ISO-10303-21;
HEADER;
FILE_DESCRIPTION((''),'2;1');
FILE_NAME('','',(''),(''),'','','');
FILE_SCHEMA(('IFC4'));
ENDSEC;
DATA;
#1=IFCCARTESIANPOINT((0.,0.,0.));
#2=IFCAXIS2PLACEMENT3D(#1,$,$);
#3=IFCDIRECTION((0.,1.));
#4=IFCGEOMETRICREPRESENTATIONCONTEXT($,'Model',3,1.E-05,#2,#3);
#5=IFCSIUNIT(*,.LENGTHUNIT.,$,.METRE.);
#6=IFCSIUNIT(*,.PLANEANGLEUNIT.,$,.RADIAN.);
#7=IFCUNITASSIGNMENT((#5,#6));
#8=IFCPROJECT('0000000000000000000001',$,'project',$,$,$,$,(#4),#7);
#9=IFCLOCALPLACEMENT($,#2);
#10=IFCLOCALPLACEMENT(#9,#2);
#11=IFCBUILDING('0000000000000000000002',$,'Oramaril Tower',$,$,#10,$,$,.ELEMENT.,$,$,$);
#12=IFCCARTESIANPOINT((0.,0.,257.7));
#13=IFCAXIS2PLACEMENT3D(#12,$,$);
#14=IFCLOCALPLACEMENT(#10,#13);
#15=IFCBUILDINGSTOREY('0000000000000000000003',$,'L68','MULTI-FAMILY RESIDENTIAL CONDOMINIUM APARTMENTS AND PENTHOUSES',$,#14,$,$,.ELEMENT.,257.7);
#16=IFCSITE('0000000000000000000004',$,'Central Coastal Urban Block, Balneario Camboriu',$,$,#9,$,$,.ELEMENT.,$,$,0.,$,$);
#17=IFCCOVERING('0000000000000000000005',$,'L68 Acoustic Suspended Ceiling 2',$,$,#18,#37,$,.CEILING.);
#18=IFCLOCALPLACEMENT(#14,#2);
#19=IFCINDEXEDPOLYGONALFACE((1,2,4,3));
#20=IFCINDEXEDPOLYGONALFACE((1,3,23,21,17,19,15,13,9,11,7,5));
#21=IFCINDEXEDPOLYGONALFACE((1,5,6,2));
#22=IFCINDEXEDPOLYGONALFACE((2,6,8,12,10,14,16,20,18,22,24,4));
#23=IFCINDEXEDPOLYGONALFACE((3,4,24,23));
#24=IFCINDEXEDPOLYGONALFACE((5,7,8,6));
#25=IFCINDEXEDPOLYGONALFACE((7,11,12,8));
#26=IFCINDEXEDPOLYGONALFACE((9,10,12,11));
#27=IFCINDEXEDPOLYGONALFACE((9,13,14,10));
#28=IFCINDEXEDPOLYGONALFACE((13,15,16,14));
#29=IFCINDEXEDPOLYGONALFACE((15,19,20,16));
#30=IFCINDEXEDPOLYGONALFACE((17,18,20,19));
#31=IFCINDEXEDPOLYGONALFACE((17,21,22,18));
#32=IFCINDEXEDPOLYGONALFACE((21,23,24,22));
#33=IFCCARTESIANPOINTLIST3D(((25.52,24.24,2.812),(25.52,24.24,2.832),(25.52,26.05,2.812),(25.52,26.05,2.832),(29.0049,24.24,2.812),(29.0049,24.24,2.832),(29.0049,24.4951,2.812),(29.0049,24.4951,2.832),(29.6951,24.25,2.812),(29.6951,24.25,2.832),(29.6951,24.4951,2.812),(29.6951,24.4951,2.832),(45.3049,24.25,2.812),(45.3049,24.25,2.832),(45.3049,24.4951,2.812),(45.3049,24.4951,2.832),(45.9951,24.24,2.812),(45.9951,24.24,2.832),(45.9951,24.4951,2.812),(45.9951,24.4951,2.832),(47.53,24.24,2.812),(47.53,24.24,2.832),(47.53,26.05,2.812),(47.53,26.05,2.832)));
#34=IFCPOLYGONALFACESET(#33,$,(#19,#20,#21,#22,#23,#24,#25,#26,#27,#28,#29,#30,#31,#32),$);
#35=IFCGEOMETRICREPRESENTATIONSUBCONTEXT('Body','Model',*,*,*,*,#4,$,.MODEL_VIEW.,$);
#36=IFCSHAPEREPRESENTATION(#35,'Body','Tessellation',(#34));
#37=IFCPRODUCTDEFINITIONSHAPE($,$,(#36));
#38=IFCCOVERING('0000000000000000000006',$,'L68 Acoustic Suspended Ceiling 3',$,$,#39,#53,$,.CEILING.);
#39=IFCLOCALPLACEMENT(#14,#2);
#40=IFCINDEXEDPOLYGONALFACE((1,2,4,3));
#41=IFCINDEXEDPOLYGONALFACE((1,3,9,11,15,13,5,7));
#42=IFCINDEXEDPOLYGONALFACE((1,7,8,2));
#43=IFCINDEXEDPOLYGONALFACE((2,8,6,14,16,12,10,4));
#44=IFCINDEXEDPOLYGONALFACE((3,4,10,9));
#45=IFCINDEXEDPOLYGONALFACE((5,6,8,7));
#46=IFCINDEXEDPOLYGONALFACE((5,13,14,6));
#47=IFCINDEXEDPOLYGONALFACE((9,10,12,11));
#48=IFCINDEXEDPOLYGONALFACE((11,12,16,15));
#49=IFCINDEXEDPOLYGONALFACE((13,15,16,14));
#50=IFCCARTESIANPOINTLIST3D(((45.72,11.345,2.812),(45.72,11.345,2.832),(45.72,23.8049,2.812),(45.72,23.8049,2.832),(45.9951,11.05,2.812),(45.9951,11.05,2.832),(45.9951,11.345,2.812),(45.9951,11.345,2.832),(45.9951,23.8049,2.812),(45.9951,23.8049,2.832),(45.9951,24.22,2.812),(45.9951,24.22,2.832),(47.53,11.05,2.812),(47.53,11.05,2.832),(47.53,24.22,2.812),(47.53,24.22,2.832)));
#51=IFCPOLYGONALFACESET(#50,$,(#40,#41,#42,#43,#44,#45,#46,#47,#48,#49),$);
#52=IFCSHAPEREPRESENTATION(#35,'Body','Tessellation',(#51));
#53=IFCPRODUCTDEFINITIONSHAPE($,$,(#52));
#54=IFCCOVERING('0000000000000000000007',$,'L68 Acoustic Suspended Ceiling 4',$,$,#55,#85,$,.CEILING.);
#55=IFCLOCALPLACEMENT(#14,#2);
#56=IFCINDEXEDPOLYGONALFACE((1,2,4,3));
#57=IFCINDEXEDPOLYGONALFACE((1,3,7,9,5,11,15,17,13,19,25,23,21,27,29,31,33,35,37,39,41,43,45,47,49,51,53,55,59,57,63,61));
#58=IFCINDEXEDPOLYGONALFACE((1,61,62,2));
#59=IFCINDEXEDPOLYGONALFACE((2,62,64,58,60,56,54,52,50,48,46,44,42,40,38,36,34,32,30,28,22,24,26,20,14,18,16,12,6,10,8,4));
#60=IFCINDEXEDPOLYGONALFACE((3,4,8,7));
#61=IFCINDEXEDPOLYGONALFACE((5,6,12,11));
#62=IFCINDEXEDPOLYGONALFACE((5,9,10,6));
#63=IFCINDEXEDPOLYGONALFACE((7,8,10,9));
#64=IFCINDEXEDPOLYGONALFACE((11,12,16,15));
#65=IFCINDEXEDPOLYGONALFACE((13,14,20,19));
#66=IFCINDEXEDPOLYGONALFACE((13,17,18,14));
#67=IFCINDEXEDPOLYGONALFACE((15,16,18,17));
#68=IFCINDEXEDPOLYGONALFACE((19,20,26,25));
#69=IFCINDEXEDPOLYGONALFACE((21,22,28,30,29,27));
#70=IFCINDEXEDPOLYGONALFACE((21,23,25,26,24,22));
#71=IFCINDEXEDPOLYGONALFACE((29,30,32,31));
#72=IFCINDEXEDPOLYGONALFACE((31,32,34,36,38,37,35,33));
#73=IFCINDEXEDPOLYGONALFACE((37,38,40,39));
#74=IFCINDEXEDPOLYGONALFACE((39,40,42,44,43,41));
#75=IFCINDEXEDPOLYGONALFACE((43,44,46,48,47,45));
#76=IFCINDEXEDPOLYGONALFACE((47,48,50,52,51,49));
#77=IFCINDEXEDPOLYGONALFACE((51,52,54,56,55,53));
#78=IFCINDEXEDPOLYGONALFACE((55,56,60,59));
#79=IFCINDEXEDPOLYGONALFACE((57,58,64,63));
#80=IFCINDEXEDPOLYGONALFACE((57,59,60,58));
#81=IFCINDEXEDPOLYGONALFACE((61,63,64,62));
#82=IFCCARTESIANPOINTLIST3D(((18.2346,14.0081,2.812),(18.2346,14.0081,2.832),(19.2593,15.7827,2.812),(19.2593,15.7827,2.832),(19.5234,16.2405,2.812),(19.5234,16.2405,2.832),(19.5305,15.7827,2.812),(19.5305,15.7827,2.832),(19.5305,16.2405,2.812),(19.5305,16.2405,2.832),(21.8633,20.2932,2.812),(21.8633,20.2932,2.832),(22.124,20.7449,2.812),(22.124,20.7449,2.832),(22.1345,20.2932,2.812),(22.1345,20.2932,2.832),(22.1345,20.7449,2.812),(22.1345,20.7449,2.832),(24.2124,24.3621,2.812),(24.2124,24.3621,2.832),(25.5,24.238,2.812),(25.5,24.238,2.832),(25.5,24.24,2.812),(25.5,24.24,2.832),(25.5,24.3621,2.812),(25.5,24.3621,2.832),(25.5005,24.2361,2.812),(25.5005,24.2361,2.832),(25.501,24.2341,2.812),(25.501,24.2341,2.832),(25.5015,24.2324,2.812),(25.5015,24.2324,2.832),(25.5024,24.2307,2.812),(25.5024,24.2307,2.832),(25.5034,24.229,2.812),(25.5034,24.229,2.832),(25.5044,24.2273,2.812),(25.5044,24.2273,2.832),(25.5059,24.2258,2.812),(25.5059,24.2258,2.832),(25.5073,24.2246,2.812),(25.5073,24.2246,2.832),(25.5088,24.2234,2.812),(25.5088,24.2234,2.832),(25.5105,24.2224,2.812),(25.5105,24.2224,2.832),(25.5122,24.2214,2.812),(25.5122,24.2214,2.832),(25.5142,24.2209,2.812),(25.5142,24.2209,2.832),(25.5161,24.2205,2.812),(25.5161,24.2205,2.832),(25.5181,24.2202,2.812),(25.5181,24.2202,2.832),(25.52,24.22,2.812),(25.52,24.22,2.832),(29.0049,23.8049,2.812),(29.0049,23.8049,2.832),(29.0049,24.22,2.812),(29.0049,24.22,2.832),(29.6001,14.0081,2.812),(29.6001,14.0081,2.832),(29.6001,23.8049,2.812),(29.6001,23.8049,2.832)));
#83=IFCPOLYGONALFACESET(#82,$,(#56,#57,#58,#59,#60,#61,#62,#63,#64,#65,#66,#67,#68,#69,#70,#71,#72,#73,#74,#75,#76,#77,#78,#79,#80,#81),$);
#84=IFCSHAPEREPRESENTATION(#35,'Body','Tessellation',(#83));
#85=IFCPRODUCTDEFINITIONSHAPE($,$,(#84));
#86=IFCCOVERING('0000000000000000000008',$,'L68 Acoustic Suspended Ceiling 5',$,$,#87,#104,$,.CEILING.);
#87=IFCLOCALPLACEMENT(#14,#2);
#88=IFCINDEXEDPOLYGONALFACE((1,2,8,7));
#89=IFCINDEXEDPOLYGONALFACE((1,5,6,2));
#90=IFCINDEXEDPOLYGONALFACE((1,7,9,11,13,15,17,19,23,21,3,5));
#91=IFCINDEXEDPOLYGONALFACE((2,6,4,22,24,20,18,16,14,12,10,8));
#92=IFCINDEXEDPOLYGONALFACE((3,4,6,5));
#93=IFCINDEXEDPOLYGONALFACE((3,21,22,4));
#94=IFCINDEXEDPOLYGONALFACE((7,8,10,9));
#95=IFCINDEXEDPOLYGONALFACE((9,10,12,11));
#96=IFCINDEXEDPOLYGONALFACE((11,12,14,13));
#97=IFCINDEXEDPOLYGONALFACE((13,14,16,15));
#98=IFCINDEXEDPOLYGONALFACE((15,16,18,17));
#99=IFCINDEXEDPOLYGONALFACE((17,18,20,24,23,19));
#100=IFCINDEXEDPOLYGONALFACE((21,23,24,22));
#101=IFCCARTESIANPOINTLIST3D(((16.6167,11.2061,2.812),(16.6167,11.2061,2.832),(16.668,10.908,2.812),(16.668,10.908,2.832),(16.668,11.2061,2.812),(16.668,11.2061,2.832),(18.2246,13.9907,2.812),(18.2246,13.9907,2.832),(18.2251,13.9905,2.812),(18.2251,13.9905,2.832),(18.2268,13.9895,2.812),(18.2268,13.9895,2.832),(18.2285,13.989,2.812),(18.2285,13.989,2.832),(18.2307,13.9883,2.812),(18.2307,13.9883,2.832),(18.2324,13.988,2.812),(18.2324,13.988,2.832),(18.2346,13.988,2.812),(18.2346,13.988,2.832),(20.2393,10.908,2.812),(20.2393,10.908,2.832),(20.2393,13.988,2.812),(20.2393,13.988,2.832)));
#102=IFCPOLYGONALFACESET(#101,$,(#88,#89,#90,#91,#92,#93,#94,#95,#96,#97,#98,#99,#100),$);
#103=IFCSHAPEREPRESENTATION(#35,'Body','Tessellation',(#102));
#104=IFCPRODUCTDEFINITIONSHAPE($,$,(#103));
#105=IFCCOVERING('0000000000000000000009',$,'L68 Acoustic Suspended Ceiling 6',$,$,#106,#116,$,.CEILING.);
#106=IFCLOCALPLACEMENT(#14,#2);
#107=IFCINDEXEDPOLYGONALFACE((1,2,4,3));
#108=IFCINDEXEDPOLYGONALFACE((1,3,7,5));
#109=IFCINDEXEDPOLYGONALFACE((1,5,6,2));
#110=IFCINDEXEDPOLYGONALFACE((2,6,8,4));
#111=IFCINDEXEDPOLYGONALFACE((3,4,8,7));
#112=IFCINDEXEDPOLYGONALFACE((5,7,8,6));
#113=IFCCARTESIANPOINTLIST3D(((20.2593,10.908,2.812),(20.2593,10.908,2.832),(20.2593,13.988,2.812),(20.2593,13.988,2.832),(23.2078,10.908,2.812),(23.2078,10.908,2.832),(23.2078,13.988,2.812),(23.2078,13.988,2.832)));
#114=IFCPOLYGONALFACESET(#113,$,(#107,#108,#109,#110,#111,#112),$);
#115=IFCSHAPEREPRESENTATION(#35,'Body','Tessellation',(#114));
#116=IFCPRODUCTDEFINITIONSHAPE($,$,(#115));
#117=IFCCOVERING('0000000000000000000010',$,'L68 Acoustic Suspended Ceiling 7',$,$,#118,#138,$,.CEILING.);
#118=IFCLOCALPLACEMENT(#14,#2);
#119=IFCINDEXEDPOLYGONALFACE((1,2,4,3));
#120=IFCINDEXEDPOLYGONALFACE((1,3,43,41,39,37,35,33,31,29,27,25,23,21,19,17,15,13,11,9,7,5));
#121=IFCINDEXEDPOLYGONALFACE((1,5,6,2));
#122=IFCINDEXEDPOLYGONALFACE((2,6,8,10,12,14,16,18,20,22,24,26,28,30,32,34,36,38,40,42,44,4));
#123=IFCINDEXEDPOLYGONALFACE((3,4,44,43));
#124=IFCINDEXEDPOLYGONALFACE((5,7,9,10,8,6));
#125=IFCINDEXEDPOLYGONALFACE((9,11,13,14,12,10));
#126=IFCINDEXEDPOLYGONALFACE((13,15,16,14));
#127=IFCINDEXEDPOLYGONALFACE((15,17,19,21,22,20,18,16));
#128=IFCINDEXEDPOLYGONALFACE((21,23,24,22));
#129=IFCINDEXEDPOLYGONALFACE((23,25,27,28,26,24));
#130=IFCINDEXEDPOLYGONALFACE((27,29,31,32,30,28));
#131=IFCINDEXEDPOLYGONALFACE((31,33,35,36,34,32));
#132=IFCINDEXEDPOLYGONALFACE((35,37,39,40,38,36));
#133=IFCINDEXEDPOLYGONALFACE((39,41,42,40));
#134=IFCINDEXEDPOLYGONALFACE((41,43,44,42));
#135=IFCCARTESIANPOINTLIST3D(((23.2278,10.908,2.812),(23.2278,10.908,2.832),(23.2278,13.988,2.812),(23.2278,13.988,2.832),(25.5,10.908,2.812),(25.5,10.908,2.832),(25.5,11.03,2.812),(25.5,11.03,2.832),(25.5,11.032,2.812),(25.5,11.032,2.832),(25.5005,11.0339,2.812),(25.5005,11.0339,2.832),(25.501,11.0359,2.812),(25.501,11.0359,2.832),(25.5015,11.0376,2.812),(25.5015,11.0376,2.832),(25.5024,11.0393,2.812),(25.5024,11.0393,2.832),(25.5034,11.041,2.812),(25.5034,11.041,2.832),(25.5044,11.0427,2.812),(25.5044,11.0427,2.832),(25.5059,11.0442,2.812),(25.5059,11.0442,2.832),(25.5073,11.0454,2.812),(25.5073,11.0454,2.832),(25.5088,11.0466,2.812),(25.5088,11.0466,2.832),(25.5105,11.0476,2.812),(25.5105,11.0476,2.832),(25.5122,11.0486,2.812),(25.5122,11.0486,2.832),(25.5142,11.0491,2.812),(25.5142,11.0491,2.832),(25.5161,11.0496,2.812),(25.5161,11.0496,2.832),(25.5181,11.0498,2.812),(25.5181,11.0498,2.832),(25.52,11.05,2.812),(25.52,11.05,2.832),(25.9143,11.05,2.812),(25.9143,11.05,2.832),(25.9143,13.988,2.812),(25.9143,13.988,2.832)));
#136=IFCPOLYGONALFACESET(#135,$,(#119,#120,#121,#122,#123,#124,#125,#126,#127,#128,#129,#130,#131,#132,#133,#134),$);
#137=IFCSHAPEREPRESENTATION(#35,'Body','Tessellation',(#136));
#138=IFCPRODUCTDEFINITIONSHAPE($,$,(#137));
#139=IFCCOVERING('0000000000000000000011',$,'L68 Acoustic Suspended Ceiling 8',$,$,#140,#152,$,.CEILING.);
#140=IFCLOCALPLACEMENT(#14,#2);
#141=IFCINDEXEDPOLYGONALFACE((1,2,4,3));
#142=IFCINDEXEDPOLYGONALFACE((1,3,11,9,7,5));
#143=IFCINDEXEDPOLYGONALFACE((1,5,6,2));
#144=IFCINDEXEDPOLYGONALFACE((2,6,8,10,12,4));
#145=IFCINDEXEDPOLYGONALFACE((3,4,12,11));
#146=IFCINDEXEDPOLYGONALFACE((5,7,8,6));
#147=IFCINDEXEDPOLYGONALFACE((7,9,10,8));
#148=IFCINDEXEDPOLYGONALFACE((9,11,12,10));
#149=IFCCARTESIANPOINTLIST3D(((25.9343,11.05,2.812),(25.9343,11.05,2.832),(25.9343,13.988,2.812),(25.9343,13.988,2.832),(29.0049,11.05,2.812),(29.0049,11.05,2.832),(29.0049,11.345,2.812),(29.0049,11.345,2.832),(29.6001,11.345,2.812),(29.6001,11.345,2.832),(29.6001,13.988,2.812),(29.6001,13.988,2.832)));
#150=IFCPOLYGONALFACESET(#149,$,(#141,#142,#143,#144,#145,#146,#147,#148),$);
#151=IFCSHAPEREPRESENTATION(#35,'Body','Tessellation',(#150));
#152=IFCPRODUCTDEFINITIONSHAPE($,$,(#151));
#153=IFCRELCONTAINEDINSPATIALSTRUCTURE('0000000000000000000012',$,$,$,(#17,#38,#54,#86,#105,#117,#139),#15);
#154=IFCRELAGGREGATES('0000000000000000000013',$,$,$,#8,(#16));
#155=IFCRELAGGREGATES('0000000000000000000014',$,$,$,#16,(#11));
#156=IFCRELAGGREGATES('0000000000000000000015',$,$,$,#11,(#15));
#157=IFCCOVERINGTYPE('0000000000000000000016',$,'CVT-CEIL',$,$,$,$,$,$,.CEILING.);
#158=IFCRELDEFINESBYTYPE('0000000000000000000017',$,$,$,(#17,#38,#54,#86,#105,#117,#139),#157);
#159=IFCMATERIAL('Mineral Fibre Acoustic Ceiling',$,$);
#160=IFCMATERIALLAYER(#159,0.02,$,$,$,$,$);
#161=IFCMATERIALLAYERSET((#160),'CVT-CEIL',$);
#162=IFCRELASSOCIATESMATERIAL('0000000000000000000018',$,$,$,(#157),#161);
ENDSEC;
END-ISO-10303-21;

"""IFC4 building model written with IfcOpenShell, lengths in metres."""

from ifc_helpers import new_model, si_unit, direction, frame, origin, place, context, subcontext, project, spatial, polyline, outline, extrude, material, layer, layer_set, type_object, element, save


model = new_model("IFC4")

# Units and contexts
model_context = context("Model", 3, precision=1e-05, world=origin(), true_north=direction((0.0, 1.0)))
body_context = subcontext(model_context, "Body", "Model", "MODEL_VIEW")
ifc_project = project(units=[si_unit("LENGTHUNIT", "METRE"), si_unit("PLANEANGLEUNIT", "RADIAN")], contexts=[model_context])

# Site, building, storey
site_placement = place(None, origin())
site = spatial("IfcSite", under=ifc_project, at=site_placement, Name="Central Coastal Urban Block, Balneario Camboriu", CompositionType="ELEMENT", RefElevation=0.0)
building_placement = place(site_placement, origin())
building = spatial("IfcBuilding", under=site, at=building_placement, Name="Oramaril Tower", CompositionType="ELEMENT")
storey_placement = place(building_placement, frame((0.0, 0.0, 257.7)))
storey = spatial("IfcBuildingStorey", under=building, at=storey_placement, Name="L68", Description="MULTI-FAMILY RESIDENTIAL CONDOMINIUM APARTMENTS AND PENTHOUSES", CompositionType="ELEMENT", Elevation=257.7)

# Coverings
ifc_material_1 = material(Name="Mineral Fibre Acoustic Ceiling")
ifc_layer_1 = layer(ifc_material_1, 0.02)
ifc_layer_set_1 = layer_set([ifc_layer_1], Name="CVT-CEIL")
covering_type_1 = type_object("IfcCoveringType", Name="CVT-CEIL", PredefinedType="CEILING", material=ifc_layer_set_1)
covering_1_placement = place(storey_placement, frame((0.0, 0.0, 2.812)))
element("IfcCovering", 1, at=covering_1_placement, inside=storey, type_object=covering_type_1, Name="L68 Acoustic Suspended Ceiling 2", PredefinedType="CEILING", context=body_context, shape_type="SweptSolid", body=[
    extrude(outline(polyline([(47.53, 24.24), (45.9951, 24.24), (45.9951, 24.4951), (45.3049, 24.4951), (45.3049, 24.25), (29.6951, 24.25), (29.6951, 24.4951), (29.0049, 24.4951), (29.0049, 24.24), (25.52, 24.24), (25.52, 26.05), (47.53, 26.05), (47.53, 24.24)])), origin(), (0.0, 0.0, 1.0), 0.02),
])
covering_2_placement = place(storey_placement, frame((0.0, 0.0, 2.812)))
element("IfcCovering", 2, at=covering_2_placement, inside=storey, type_object=covering_type_1, Name="L68 Acoustic Suspended Ceiling 3", PredefinedType="CEILING", context=body_context, shape_type="SweptSolid", body=[
    extrude(outline(polyline([(47.53, 11.05), (45.9951, 11.05), (45.9951, 11.345), (45.72, 11.345), (45.72, 23.8049), (45.9951, 23.8049), (45.9951, 24.22), (47.53, 24.22), (47.53, 11.05)])), origin(), (0.0, 0.0, 1.0), 0.02),
])
covering_3_placement = place(storey_placement, frame((0.0, 0.0, 2.812)))
element("IfcCovering", 3, at=covering_3_placement, inside=storey, type_object=covering_type_1, Name="L68 Acoustic Suspended Ceiling 4", PredefinedType="CEILING", context=body_context, shape_type="SweptSolid", body=[
    extrude(outline(polyline([(19.2593, 15.7827), (19.5305, 15.7827), (19.5305, 16.2405), (19.5234, 16.2405), (21.8633, 20.2932), (22.1345, 20.2932), (22.1345, 20.7449), (22.124, 20.7449), (24.2124, 24.3621), (25.5, 24.3621), (25.5, 24.24), (25.5, 24.238), (25.5005, 24.2361), (25.501, 24.2341), (25.5015, 24.2324), (25.5024, 24.2307), (25.5034, 24.229), (25.5044, 24.2273), (25.5059, 24.2258), (25.5073, 24.2246), (25.5088, 24.2234), (25.5105, 24.2224), (25.5122, 24.2214), (25.5142, 24.2209), (25.5161, 24.2205), (25.5181, 24.2202), (25.52, 24.22), (29.0049, 24.22), (29.0049, 23.8049), (29.6001, 23.8049), (29.6001, 14.0081), (18.2346, 14.0081), (19.2593, 15.7827)])), origin(), (0.0, 0.0, 1.0), 0.02),
])
covering_4_placement = place(storey_placement, frame((0.0, 0.0, 2.812)))
element("IfcCovering", 4, at=covering_4_placement, inside=storey, type_object=covering_type_1, Name="L68 Acoustic Suspended Ceiling 5", PredefinedType="CEILING", context=body_context, shape_type="SweptSolid", body=[
    extrude(outline(polyline([(20.2393, 10.908), (16.668, 10.908), (16.668, 11.2061), (16.6167, 11.2061), (18.2246, 13.9907), (18.2251, 13.9905), (18.2268, 13.9895), (18.2285, 13.989), (18.2307, 13.9883), (18.2324, 13.988), (18.2346, 13.988), (20.2393, 13.988), (20.2393, 10.908)])), origin(), (0.0, 0.0, 1.0), 0.02),
])
covering_5_placement = place(storey_placement, frame((0.0, 0.0, 2.812)))
element("IfcCovering", 5, at=covering_5_placement, inside=storey, type_object=covering_type_1, Name="L68 Acoustic Suspended Ceiling 6", PredefinedType="CEILING", context=body_context, shape_type="SweptSolid", body=[
    extrude(outline(polyline([(23.2078, 10.908), (20.2593, 10.908), (20.2593, 13.988), (23.2078, 13.988), (23.2078, 10.908)])), origin(), (0.0, 0.0, 1.0), 0.02),
])
covering_6_placement = place(storey_placement, frame((0.0, 0.0, 2.812)))
element("IfcCovering", 6, at=covering_6_placement, inside=storey, type_object=covering_type_1, Name="L68 Acoustic Suspended Ceiling 7", PredefinedType="CEILING", context=body_context, shape_type="SweptSolid", body=[
    extrude(outline(polyline([(25.9143, 11.05), (25.52, 11.05), (25.5181, 11.0498), (25.5161, 11.0496), (25.5142, 11.0491), (25.5122, 11.0486), (25.5105, 11.0476), (25.5088, 11.0466), (25.5073, 11.0454), (25.5059, 11.0442), (25.5044, 11.0427), (25.5034, 11.041), (25.5024, 11.0393), (25.5015, 11.0376), (25.501, 11.0359), (25.5005, 11.0339), (25.5, 11.032), (25.5, 11.03), (25.5, 10.908), (23.2278, 10.908), (23.2278, 13.988), (25.9143, 13.988), (25.9143, 11.05)])), origin(), (0.0, 0.0, 1.0), 0.02),
])
covering_7_placement = place(storey_placement, frame((0.0, 0.0, 2.812)))
element("IfcCovering", 7, at=covering_7_placement, inside=storey, type_object=covering_type_1, Name="L68 Acoustic Suspended Ceiling 8", PredefinedType="CEILING", context=body_context, shape_type="SweptSolid", body=[
    extrude(outline(polyline([(29.6001, 11.345), (29.0049, 11.345), (29.0049, 11.05), (25.9343, 11.05), (25.9343, 13.988), (29.6001, 13.988), (29.6001, 11.345)])), origin(), (0.0, 0.0, 1.0), 0.02),
])

save(model, "model.ifc")
